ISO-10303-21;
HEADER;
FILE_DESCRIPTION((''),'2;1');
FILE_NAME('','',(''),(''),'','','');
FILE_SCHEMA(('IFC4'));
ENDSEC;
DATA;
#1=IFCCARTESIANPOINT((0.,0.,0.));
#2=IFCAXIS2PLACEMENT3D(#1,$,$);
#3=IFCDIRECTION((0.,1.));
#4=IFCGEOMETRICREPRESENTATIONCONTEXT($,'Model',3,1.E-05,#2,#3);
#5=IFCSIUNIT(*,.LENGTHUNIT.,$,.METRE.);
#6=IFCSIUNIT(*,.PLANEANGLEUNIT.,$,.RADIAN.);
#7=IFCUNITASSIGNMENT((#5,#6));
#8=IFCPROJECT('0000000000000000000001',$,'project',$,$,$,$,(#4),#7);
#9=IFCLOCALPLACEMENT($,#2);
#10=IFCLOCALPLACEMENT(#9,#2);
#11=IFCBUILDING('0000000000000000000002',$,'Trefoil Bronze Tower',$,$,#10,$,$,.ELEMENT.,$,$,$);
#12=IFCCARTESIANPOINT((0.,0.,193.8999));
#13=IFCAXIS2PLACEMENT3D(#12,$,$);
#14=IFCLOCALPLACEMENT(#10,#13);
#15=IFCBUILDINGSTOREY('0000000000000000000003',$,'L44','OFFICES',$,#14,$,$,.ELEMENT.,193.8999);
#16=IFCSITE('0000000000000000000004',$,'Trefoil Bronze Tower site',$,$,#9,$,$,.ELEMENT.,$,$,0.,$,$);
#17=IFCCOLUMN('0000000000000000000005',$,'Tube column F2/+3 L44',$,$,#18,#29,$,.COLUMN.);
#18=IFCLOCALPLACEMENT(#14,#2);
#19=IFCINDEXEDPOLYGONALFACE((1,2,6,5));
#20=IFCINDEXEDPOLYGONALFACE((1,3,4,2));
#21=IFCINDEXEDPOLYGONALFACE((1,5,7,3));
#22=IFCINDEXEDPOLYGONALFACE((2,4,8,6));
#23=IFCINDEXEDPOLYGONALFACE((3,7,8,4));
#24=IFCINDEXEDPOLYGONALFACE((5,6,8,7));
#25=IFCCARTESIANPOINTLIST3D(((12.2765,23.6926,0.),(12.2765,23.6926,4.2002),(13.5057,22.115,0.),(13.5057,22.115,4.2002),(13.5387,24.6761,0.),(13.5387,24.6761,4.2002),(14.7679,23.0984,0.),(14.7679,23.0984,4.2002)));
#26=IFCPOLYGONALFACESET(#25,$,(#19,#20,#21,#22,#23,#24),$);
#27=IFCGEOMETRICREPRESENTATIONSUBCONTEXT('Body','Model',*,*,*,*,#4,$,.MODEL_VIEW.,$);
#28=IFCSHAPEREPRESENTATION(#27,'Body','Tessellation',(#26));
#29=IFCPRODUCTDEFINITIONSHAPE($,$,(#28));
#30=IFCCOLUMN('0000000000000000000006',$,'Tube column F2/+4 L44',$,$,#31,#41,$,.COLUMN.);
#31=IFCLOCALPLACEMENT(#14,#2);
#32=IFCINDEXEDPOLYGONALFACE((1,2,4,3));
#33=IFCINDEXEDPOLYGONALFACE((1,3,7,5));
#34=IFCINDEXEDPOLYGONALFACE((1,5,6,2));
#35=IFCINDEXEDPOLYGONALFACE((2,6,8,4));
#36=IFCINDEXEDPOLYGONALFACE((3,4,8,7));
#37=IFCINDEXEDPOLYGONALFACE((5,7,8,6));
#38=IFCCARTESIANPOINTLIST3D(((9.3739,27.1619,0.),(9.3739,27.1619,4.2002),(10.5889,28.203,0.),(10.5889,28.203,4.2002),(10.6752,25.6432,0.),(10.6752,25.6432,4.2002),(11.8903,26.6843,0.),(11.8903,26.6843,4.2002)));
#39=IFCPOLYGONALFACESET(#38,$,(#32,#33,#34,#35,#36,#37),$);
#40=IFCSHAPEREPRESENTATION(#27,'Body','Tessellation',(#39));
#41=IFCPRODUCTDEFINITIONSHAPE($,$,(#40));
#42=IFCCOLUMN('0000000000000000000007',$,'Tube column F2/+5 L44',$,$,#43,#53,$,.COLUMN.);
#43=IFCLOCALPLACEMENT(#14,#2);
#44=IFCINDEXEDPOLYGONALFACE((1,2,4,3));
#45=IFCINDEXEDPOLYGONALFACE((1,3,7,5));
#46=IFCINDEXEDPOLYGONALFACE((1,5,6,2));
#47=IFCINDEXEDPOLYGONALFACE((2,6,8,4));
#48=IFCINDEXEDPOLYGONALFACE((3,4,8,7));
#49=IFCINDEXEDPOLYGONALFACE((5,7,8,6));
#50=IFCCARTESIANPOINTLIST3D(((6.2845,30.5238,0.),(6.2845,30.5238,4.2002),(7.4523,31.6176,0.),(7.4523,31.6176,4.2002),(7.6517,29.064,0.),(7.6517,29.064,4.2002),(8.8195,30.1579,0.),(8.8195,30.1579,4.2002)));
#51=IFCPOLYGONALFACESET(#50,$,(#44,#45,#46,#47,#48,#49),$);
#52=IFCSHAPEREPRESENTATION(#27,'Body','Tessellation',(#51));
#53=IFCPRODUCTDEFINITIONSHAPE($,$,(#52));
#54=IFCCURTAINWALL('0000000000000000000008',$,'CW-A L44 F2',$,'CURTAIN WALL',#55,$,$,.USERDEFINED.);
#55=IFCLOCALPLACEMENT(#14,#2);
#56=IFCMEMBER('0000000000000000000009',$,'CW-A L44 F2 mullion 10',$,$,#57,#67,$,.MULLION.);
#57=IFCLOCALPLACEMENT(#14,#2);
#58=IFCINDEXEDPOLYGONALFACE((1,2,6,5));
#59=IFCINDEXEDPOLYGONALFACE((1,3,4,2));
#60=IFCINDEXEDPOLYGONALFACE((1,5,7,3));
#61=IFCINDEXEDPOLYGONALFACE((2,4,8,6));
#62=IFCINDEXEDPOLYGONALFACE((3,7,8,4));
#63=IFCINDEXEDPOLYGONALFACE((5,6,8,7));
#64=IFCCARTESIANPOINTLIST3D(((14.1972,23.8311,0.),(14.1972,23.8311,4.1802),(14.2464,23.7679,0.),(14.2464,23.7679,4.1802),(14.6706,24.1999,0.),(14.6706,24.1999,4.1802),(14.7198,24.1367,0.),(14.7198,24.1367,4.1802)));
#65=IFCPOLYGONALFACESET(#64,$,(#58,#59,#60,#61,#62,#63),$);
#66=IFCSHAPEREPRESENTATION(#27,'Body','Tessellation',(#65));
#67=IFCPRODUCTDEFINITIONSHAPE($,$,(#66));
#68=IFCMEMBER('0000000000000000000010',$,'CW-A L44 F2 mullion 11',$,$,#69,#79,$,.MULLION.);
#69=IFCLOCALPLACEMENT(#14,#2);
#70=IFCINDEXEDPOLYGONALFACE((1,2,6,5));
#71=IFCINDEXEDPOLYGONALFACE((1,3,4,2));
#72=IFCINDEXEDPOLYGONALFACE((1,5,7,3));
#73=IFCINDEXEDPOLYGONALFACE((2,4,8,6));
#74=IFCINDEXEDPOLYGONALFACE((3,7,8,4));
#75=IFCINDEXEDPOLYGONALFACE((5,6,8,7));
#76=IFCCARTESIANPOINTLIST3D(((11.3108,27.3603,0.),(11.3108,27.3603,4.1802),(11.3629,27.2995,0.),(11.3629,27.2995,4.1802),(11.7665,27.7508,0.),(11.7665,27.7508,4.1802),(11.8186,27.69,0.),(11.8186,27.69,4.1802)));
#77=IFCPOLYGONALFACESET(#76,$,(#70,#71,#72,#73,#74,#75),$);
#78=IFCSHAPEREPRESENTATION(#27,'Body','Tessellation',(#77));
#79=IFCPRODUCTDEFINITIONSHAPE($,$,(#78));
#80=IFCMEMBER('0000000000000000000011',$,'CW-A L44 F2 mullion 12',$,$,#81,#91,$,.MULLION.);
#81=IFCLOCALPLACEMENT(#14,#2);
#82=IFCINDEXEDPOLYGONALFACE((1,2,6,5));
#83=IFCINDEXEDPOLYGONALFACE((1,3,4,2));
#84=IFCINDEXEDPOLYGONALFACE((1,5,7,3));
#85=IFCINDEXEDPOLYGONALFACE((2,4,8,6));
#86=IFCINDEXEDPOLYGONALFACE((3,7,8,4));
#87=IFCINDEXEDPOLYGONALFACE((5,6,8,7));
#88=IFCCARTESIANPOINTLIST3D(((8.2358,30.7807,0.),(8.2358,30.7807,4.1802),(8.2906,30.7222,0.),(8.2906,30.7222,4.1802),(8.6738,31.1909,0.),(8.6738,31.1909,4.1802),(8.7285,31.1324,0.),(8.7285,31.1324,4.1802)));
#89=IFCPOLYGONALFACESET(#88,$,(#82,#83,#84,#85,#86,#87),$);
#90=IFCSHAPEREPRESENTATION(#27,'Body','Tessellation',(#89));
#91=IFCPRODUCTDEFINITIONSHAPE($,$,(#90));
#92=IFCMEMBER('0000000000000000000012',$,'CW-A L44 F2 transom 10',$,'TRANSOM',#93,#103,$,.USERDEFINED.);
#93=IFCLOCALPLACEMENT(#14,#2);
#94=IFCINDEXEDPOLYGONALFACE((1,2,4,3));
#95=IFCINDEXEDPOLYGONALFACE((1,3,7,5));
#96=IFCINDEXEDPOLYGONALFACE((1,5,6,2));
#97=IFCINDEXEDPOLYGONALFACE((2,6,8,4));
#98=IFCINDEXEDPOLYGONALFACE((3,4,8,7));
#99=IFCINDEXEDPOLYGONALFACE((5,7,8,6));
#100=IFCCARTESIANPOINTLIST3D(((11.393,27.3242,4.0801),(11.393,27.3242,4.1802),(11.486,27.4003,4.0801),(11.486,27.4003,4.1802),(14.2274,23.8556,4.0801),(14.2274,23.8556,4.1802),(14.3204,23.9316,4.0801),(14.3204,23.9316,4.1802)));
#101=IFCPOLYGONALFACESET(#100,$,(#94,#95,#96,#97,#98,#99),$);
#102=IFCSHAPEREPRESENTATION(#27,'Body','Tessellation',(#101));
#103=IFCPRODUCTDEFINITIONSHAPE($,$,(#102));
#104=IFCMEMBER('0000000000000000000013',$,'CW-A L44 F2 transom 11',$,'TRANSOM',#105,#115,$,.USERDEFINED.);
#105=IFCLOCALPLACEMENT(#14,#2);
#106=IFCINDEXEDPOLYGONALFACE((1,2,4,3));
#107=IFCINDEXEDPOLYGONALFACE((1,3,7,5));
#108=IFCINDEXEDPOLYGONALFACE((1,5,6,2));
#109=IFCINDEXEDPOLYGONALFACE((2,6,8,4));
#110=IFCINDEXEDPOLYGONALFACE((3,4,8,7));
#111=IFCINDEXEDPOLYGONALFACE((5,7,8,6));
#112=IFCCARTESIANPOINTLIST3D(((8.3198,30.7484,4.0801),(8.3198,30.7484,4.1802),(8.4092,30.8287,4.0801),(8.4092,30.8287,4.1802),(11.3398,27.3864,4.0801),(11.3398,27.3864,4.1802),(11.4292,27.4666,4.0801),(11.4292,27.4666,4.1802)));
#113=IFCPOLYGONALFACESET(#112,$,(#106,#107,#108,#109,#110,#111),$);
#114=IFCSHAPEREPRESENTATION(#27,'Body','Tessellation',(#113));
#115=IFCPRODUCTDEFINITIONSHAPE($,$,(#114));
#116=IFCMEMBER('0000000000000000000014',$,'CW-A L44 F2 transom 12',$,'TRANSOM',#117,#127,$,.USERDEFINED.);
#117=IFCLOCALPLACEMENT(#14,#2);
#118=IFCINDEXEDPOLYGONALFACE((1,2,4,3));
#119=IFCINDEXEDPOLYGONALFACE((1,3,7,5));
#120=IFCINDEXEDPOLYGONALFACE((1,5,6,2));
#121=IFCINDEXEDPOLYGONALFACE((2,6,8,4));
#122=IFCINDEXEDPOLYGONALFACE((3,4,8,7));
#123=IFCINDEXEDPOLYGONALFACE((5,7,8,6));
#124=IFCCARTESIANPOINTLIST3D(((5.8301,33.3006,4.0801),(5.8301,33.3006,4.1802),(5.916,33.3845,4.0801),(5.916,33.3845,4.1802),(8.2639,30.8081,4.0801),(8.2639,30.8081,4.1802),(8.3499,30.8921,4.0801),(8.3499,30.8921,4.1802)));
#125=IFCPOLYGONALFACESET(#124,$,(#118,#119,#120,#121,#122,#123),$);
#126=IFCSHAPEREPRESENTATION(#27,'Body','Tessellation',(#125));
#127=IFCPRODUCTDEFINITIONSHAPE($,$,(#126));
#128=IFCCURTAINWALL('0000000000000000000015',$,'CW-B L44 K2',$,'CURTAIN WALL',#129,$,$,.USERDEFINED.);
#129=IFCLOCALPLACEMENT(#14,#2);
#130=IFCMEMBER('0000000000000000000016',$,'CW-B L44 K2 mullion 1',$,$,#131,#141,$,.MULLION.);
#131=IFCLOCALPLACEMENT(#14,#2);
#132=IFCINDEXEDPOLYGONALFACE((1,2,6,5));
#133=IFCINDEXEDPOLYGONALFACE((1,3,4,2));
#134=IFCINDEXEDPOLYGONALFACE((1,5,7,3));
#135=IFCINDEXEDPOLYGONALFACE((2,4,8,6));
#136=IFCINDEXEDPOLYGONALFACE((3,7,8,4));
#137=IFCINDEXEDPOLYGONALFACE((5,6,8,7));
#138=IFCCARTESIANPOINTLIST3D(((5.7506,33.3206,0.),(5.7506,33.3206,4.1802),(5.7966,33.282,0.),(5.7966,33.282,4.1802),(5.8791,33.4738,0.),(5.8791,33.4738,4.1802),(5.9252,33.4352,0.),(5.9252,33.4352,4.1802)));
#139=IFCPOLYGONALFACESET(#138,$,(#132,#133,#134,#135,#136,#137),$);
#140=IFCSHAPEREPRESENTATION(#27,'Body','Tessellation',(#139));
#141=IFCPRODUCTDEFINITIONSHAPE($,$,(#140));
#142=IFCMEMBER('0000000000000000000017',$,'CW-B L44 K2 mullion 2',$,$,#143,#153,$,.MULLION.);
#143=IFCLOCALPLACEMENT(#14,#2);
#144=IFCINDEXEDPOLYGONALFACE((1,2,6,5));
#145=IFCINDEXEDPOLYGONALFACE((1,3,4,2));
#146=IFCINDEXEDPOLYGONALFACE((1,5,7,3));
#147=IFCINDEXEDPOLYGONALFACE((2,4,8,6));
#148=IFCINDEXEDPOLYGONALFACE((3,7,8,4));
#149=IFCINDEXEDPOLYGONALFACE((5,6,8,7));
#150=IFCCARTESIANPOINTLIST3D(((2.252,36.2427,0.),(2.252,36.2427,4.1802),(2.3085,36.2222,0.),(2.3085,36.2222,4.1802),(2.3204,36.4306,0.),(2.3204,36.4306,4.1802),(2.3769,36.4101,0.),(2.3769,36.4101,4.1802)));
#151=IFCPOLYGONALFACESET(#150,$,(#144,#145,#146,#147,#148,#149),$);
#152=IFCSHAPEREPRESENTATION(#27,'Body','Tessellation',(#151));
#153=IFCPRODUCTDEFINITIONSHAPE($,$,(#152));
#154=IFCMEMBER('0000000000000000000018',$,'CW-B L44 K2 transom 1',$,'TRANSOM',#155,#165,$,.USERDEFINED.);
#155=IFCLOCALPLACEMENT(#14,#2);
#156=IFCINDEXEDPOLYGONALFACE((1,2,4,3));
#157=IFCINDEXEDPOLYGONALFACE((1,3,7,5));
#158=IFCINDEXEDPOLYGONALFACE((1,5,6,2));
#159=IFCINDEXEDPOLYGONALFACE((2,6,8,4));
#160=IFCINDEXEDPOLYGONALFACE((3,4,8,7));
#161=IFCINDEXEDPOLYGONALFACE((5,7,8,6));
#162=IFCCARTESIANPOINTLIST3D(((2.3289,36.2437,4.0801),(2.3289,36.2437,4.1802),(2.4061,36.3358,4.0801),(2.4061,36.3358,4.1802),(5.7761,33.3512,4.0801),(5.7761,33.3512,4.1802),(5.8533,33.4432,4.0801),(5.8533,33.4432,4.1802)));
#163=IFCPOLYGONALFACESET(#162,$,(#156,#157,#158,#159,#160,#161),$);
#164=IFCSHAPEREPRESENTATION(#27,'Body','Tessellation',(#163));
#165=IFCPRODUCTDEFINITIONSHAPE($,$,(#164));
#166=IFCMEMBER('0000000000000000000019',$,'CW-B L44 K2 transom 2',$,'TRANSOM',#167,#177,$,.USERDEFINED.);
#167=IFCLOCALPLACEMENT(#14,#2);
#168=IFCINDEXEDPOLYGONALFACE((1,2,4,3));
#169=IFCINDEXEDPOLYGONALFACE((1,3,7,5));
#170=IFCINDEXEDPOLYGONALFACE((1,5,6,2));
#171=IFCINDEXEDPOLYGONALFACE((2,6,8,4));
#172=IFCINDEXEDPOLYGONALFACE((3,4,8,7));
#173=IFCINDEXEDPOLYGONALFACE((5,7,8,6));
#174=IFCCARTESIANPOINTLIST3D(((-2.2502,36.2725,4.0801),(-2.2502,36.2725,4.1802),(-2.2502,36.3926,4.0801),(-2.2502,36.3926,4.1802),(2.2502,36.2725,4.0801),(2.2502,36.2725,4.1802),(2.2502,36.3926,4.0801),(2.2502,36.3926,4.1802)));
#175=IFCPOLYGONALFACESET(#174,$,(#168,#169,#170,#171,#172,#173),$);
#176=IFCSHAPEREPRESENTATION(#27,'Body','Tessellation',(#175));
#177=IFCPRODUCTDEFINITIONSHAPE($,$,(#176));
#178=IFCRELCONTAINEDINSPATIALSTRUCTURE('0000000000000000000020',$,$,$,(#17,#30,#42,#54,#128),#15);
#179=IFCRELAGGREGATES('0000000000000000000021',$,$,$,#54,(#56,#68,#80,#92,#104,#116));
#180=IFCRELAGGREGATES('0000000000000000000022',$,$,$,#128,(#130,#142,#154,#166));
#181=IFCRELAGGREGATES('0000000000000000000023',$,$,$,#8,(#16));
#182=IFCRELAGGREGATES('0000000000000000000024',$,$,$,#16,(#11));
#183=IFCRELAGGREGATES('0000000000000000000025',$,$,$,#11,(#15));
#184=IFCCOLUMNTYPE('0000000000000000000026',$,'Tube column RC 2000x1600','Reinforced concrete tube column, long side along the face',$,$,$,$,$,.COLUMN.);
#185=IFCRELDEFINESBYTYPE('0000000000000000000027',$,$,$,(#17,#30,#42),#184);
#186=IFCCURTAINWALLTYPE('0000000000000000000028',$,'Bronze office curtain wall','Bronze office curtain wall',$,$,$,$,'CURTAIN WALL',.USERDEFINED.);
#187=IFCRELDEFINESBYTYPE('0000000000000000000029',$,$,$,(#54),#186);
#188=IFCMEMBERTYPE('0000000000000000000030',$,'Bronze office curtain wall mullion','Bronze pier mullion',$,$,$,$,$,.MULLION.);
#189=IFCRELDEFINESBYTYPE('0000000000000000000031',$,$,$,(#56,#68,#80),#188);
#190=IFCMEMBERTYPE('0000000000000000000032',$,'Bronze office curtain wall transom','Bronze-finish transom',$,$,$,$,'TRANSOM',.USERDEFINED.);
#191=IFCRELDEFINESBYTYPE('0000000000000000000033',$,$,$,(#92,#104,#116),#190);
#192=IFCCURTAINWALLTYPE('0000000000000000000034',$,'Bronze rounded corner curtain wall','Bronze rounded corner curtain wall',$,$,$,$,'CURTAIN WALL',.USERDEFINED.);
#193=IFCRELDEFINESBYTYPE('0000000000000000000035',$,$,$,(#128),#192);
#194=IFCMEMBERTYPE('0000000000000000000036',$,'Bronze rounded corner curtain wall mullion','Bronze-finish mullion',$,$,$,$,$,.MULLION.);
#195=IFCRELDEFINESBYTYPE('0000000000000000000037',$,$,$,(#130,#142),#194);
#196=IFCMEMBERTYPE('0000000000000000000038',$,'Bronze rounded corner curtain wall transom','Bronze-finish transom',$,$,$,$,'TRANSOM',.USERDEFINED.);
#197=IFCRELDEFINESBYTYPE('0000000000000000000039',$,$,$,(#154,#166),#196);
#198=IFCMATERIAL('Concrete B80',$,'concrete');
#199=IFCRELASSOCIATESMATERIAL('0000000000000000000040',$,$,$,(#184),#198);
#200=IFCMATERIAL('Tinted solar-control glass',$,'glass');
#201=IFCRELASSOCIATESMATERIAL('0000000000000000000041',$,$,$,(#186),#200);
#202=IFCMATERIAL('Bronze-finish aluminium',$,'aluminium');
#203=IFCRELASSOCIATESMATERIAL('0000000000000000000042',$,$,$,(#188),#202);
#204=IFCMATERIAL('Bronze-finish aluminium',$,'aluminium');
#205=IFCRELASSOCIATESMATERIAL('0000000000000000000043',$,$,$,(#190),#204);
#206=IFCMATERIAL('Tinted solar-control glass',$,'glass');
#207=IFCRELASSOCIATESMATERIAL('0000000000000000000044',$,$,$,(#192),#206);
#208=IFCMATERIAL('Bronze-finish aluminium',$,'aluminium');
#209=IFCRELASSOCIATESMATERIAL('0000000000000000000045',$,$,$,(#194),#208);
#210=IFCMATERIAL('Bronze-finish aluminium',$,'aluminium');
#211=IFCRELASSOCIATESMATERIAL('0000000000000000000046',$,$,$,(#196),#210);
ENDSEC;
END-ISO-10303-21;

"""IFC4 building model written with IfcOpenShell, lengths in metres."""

from ifc_helpers import new_model, si_unit, direction, frame, origin, origin_2d, place, context, subcontext, project, spatial, rectangle, extrude, material, material_profile, profile_set, type_object, element, aggregate, save


model = new_model("IFC4")

# Units and contexts
model_context = context("Model", 3, precision=1e-05, world=origin(), true_north=direction((0.0, 1.0)))
body_context = subcontext(model_context, "Body", "Model", "MODEL_VIEW")
ifc_project = project(units=[si_unit("LENGTHUNIT", "METRE"), si_unit("PLANEANGLEUNIT", "RADIAN")], contexts=[model_context])

# Site, building, storey
site_placement = place(None, origin())
site = spatial("IfcSite", under=ifc_project, at=site_placement, Name="Trefoil Bronze Tower site", CompositionType="ELEMENT", RefElevation=0.0)
building_placement = place(site_placement, origin())
building = spatial("IfcBuilding", under=site, at=building_placement, Name="Trefoil Bronze Tower", CompositionType="ELEMENT")
storey_placement = place(building_placement, frame((0.0, 0.0, 193.8999)))
storey = spatial("IfcBuildingStorey", under=building, at=storey_placement, Name="L44", Description="OFFICES", CompositionType="ELEMENT", Elevation=193.8999)

# Columns
ifc_material_1 = material(Name="Concrete B80", Category="concrete")
ifc_material_profile_1 = material_profile(ifc_material_1, rectangle(XDim=2.0, YDim=1.6001, at=origin_2d()), Name="RC 2000x1600")
ifc_profile_set_1 = profile_set([ifc_material_profile_1], Name="Concrete B80")
column_type = type_object("IfcColumnType", Name="Tube column RC 2000x1600", Description="Reinforced concrete tube column, long side along the face", PredefinedType="COLUMN", material=ifc_profile_set_1)
for number, where, z_axis, x_axis, name in (
    (1, (13.5222, 23.3955, 0.0), (0.0, 0.0, 1.0), (-0.614622, 0.788821, 0.0), "Tube column F2/+3 L44"),
    (2, (10.6321, 26.9231, 0.0), (0.0, 0.0, 1.0), (-0.650677, 0.759355, 0.0), "Tube column F2/+4 L44"),
    (3, (7.552, 30.3408, 0.0), (0.0, 0.0, 1.0), (-0.683597, 0.72986, 0.0), "Tube column F2/+5 L44"),
):
    element("IfcColumn", number, at=place(storey_placement, frame(where, z_axis=z_axis, x_axis=x_axis)), inside=storey, type_object=column_type, Name=name, PredefinedType="COLUMN", context=body_context, shape_type="SweptSolid", body=[
        extrude(rectangle(XDim=2.0, YDim=1.6001, at=origin_2d()), origin(), (0.0, 0.0, 1.0), 4.2002),
    ])

# Curtain walls, members
ifc_material_2 = material(Name="Tinted solar-control glass", Category="glass")
curtain_wall_type_1 = type_object("IfcCurtainWallType", Name="Bronze office curtain wall", Description="Bronze office curtain wall", ElementType="CURTAIN WALL", PredefinedType="USERDEFINED", material=ifc_material_2)
curtain_wall_1_placement = place(storey_placement, origin())
curtain_wall_1 = element("IfcCurtainWall", 4, at=curtain_wall_1_placement, inside=storey, type_object=curtain_wall_type_1, Name="CW-A L44 F2", ObjectType="CURTAIN WALL", PredefinedType="USERDEFINED")
ifc_material_3 = material(Name="Bronze-finish aluminium", Category="aluminium")
ifc_material_profile_2 = material_profile(ifc_material_3, rectangle(XDim=0.6001, YDim=0.0801, at=origin_2d()), Name="CW-A mullion")
ifc_profile_set_2 = profile_set([ifc_material_profile_2], Name="Bronze-finish aluminium")
member_type_1 = type_object("IfcMemberType", Name="Bronze office curtain wall mullion", Description="Bronze pier mullion", PredefinedType="MULLION", material=ifc_profile_set_2)
member_1_placement = place(storey_placement, frame((14.4585, 23.9839, 0.0), z_axis=(0.0, 0.0, 1.0), x_axis=(-0.788821, -0.614622, 0.0)))
member_1 = element("IfcMember", 5, at=member_1_placement, type_object=member_type_1, Name="CW-A L44 F2 mullion 10", PredefinedType="MULLION", context=body_context, shape_type="SweptSolid", body=[
    extrude(rectangle(XDim=0.6001, YDim=0.0801, at=origin_2d()), origin(), (0.0, 0.0, 1.0), 4.1802),
])
member_2_placement = place(storey_placement, frame((11.5647, 27.5251, 0.0), z_axis=(0.0, 0.0, 1.0), x_axis=(-0.759355, -0.650677, 0.0)))
member_2 = element("IfcMember", 6, at=member_2_placement, type_object=member_type_1, Name="CW-A L44 F2 mullion 11", PredefinedType="MULLION", context=body_context, shape_type="SweptSolid", body=[
    extrude(rectangle(XDim=0.6001, YDim=0.0801, at=origin_2d()), origin(), (0.0, 0.0, 1.0), 4.1802),
])
member_3_placement = place(storey_placement, frame((8.4822, 30.9565, 0.0), z_axis=(0.0, 0.0, 1.0), x_axis=(-0.72986, -0.683597, 0.0)))
member_3 = element("IfcMember", 7, at=member_3_placement, type_object=member_type_1, Name="CW-A L44 F2 mullion 12", PredefinedType="MULLION", context=body_context, shape_type="SweptSolid", body=[
    extrude(rectangle(XDim=0.6001, YDim=0.0801, at=origin_2d()), origin(), (0.0, 0.0, 1.0), 4.1802),
])
ifc_material_4 = material(Name="Bronze-finish aluminium", Category="aluminium")
ifc_material_profile_3 = material_profile(ifc_material_4, rectangle(XDim=0.1201, YDim=0.1001, at=origin_2d()), Name="CW-A transom")
ifc_profile_set_3 = profile_set([ifc_material_profile_3], Name="Bronze-finish aluminium")
member_type_2 = type_object("IfcMemberType", Name="Bronze office curtain wall transom", Description="Bronze-finish transom", ElementType="TRANSOM", PredefinedType="USERDEFINED", material=ifc_profile_set_3)
member_4_placement = place(storey_placement, frame((14.2739, 23.8936, 4.1301), z_axis=(-0.632757, 0.774351, 0.0), x_axis=(-0.774351, -0.632757, 0.0)))
member_4 = element("IfcMember", 8, at=member_4_placement, type_object=member_type_2, Name="CW-A L44 F2 transom 10", ObjectType="TRANSOM", PredefinedType="USERDEFINED", context=body_context, shape_type="SweptSolid", body=[
    extrude(rectangle(XDim=0.1201, YDim=0.1001, at=origin_2d()), origin(), (0.0, 0.0, 1.0), 4.4795),
])
member_5_placement = place(storey_placement, frame((11.3845, 27.4265, 4.1301), z_axis=(-0.668251, 0.743936, 0.0), x_axis=(-0.743936, -0.668251, 0.0)))
member_5 = element("IfcMember", 9, at=member_5_placement, type_object=member_type_2, Name="CW-A L44 F2 transom 11", ObjectType="TRANSOM", PredefinedType="USERDEFINED", context=body_context, shape_type="SweptSolid", body=[
    extrude(rectangle(XDim=0.1201, YDim=0.1001, at=origin_2d()), origin(), (0.0, 0.0, 1.0), 4.5193),
])
member_6_placement = place(storey_placement, frame((8.3069, 30.8501, 4.1301), z_axis=(-0.698647, 0.715467, 0.0), x_axis=(-0.715467, -0.698647, 0.0)))
member_6 = element("IfcMember", 10, at=member_6_placement, type_object=member_type_2, Name="CW-A L44 F2 transom 12", ObjectType="TRANSOM", PredefinedType="USERDEFINED", context=body_context, shape_type="SweptSolid", body=[
    extrude(rectangle(XDim=0.1201, YDim=0.1001, at=origin_2d()), origin(), (0.0, 0.0, 1.0), 3.4836),
])
ifc_material_5 = material(Name="Tinted solar-control glass", Category="glass")
curtain_wall_type_2 = type_object("IfcCurtainWallType", Name="Bronze rounded corner curtain wall", Description="Bronze rounded corner curtain wall", ElementType="CURTAIN WALL", PredefinedType="USERDEFINED", material=ifc_material_5)
curtain_wall_2_placement = place(storey_placement, origin())
curtain_wall_2 = element("IfcCurtainWall", 11, at=curtain_wall_2_placement, inside=storey, type_object=curtain_wall_type_2, Name="CW-B L44 K2", ObjectType="CURTAIN WALL", PredefinedType="USERDEFINED")
ifc_material_6 = material(Name="Bronze-finish aluminium", Category="aluminium")
ifc_material_profile_4 = material_profile(ifc_material_6, rectangle(XDim=0.2, YDim=0.0601, at=origin_2d()), Name="CW-B mullion")
ifc_profile_set_4 = profile_set([ifc_material_profile_4], Name="Bronze-finish aluminium")
member_type_3 = type_object("IfcMemberType", Name="Bronze rounded corner curtain wall mullion", Description="Bronze-finish mullion", PredefinedType="MULLION", material=ifc_profile_set_4)
member_7_placement = place(storey_placement, frame((5.8379, 33.3779, 0.0), z_axis=(0.0, 0.0, 1.0), x_axis=(-0.642788, -0.766044, 0.0)))
member_7 = element("IfcMember", 12, at=member_7_placement, type_object=member_type_3, Name="CW-B L44 K2 mullion 1", PredefinedType="MULLION", context=body_context, shape_type="SweptSolid", body=[
    extrude(rectangle(XDim=0.2, YDim=0.0601, at=origin_2d()), origin(), (0.0, 0.0, 1.0), 4.1802),
])
member_8_placement = place(storey_placement, frame((2.3145, 36.3264, 0.0), z_axis=(0.0, 0.0, 1.0), x_axis=(-0.34202, -0.939693, 0.0)))
member_8 = element("IfcMember", 13, at=member_8_placement, type_object=member_type_3, Name="CW-B L44 K2 mullion 2", PredefinedType="MULLION", context=body_context, shape_type="SweptSolid", body=[
    extrude(rectangle(XDim=0.2, YDim=0.0601, at=origin_2d()), origin(), (0.0, 0.0, 1.0), 4.1802),
])
ifc_material_7 = material(Name="Bronze-finish aluminium", Category="aluminium")
ifc_material_profile_5 = material_profile(ifc_material_7, rectangle(XDim=0.1201, YDim=0.1001, at=origin_2d()), Name="CW-B transom")
ifc_profile_set_5 = profile_set([ifc_material_profile_5], Name="Bronze-finish aluminium")
member_type_4 = type_object("IfcMemberType", Name="Bronze rounded corner curtain wall transom", Description="Bronze-finish transom", ElementType="TRANSOM", PredefinedType="USERDEFINED", material=ifc_profile_set_5)
member_9_placement = place(storey_placement, frame((5.8147, 33.3972, 4.1301), z_axis=(-0.766047, 0.642785, 0.0), x_axis=(-0.642785, -0.766047, 0.0)))
member_9 = element("IfcMember", 14, at=member_9_placement, type_object=member_type_4, Name="CW-B L44 K2 transom 1", ObjectType="TRANSOM", PredefinedType="USERDEFINED", context=body_context, shape_type="SweptSolid", body=[
    extrude(rectangle(XDim=0.1201, YDim=0.1001, at=origin_2d()), origin(), (0.0, 0.0, 1.0), 4.5),
])
member_10_placement = place(storey_placement, frame((2.2502, 36.3325, 4.1301), z_axis=(-1.0, 0.0, 0.0), x_axis=(0.0, -1.0, 0.0)))
member_10 = element("IfcMember", 15, at=member_10_placement, type_object=member_type_4, Name="CW-B L44 K2 transom 2", ObjectType="TRANSOM", PredefinedType="USERDEFINED", context=body_context, shape_type="SweptSolid", body=[
    extrude(rectangle(XDim=0.1201, YDim=0.1001, at=origin_2d()), origin(), (0.0, 0.0, 1.0), 4.5005),
])

aggregate(curtain_wall_1, [member_1, member_2, member_3, member_4, member_5, member_6])
aggregate(curtain_wall_2, [member_7, member_8, member_9, member_10])

save(model, "model.ifc")
